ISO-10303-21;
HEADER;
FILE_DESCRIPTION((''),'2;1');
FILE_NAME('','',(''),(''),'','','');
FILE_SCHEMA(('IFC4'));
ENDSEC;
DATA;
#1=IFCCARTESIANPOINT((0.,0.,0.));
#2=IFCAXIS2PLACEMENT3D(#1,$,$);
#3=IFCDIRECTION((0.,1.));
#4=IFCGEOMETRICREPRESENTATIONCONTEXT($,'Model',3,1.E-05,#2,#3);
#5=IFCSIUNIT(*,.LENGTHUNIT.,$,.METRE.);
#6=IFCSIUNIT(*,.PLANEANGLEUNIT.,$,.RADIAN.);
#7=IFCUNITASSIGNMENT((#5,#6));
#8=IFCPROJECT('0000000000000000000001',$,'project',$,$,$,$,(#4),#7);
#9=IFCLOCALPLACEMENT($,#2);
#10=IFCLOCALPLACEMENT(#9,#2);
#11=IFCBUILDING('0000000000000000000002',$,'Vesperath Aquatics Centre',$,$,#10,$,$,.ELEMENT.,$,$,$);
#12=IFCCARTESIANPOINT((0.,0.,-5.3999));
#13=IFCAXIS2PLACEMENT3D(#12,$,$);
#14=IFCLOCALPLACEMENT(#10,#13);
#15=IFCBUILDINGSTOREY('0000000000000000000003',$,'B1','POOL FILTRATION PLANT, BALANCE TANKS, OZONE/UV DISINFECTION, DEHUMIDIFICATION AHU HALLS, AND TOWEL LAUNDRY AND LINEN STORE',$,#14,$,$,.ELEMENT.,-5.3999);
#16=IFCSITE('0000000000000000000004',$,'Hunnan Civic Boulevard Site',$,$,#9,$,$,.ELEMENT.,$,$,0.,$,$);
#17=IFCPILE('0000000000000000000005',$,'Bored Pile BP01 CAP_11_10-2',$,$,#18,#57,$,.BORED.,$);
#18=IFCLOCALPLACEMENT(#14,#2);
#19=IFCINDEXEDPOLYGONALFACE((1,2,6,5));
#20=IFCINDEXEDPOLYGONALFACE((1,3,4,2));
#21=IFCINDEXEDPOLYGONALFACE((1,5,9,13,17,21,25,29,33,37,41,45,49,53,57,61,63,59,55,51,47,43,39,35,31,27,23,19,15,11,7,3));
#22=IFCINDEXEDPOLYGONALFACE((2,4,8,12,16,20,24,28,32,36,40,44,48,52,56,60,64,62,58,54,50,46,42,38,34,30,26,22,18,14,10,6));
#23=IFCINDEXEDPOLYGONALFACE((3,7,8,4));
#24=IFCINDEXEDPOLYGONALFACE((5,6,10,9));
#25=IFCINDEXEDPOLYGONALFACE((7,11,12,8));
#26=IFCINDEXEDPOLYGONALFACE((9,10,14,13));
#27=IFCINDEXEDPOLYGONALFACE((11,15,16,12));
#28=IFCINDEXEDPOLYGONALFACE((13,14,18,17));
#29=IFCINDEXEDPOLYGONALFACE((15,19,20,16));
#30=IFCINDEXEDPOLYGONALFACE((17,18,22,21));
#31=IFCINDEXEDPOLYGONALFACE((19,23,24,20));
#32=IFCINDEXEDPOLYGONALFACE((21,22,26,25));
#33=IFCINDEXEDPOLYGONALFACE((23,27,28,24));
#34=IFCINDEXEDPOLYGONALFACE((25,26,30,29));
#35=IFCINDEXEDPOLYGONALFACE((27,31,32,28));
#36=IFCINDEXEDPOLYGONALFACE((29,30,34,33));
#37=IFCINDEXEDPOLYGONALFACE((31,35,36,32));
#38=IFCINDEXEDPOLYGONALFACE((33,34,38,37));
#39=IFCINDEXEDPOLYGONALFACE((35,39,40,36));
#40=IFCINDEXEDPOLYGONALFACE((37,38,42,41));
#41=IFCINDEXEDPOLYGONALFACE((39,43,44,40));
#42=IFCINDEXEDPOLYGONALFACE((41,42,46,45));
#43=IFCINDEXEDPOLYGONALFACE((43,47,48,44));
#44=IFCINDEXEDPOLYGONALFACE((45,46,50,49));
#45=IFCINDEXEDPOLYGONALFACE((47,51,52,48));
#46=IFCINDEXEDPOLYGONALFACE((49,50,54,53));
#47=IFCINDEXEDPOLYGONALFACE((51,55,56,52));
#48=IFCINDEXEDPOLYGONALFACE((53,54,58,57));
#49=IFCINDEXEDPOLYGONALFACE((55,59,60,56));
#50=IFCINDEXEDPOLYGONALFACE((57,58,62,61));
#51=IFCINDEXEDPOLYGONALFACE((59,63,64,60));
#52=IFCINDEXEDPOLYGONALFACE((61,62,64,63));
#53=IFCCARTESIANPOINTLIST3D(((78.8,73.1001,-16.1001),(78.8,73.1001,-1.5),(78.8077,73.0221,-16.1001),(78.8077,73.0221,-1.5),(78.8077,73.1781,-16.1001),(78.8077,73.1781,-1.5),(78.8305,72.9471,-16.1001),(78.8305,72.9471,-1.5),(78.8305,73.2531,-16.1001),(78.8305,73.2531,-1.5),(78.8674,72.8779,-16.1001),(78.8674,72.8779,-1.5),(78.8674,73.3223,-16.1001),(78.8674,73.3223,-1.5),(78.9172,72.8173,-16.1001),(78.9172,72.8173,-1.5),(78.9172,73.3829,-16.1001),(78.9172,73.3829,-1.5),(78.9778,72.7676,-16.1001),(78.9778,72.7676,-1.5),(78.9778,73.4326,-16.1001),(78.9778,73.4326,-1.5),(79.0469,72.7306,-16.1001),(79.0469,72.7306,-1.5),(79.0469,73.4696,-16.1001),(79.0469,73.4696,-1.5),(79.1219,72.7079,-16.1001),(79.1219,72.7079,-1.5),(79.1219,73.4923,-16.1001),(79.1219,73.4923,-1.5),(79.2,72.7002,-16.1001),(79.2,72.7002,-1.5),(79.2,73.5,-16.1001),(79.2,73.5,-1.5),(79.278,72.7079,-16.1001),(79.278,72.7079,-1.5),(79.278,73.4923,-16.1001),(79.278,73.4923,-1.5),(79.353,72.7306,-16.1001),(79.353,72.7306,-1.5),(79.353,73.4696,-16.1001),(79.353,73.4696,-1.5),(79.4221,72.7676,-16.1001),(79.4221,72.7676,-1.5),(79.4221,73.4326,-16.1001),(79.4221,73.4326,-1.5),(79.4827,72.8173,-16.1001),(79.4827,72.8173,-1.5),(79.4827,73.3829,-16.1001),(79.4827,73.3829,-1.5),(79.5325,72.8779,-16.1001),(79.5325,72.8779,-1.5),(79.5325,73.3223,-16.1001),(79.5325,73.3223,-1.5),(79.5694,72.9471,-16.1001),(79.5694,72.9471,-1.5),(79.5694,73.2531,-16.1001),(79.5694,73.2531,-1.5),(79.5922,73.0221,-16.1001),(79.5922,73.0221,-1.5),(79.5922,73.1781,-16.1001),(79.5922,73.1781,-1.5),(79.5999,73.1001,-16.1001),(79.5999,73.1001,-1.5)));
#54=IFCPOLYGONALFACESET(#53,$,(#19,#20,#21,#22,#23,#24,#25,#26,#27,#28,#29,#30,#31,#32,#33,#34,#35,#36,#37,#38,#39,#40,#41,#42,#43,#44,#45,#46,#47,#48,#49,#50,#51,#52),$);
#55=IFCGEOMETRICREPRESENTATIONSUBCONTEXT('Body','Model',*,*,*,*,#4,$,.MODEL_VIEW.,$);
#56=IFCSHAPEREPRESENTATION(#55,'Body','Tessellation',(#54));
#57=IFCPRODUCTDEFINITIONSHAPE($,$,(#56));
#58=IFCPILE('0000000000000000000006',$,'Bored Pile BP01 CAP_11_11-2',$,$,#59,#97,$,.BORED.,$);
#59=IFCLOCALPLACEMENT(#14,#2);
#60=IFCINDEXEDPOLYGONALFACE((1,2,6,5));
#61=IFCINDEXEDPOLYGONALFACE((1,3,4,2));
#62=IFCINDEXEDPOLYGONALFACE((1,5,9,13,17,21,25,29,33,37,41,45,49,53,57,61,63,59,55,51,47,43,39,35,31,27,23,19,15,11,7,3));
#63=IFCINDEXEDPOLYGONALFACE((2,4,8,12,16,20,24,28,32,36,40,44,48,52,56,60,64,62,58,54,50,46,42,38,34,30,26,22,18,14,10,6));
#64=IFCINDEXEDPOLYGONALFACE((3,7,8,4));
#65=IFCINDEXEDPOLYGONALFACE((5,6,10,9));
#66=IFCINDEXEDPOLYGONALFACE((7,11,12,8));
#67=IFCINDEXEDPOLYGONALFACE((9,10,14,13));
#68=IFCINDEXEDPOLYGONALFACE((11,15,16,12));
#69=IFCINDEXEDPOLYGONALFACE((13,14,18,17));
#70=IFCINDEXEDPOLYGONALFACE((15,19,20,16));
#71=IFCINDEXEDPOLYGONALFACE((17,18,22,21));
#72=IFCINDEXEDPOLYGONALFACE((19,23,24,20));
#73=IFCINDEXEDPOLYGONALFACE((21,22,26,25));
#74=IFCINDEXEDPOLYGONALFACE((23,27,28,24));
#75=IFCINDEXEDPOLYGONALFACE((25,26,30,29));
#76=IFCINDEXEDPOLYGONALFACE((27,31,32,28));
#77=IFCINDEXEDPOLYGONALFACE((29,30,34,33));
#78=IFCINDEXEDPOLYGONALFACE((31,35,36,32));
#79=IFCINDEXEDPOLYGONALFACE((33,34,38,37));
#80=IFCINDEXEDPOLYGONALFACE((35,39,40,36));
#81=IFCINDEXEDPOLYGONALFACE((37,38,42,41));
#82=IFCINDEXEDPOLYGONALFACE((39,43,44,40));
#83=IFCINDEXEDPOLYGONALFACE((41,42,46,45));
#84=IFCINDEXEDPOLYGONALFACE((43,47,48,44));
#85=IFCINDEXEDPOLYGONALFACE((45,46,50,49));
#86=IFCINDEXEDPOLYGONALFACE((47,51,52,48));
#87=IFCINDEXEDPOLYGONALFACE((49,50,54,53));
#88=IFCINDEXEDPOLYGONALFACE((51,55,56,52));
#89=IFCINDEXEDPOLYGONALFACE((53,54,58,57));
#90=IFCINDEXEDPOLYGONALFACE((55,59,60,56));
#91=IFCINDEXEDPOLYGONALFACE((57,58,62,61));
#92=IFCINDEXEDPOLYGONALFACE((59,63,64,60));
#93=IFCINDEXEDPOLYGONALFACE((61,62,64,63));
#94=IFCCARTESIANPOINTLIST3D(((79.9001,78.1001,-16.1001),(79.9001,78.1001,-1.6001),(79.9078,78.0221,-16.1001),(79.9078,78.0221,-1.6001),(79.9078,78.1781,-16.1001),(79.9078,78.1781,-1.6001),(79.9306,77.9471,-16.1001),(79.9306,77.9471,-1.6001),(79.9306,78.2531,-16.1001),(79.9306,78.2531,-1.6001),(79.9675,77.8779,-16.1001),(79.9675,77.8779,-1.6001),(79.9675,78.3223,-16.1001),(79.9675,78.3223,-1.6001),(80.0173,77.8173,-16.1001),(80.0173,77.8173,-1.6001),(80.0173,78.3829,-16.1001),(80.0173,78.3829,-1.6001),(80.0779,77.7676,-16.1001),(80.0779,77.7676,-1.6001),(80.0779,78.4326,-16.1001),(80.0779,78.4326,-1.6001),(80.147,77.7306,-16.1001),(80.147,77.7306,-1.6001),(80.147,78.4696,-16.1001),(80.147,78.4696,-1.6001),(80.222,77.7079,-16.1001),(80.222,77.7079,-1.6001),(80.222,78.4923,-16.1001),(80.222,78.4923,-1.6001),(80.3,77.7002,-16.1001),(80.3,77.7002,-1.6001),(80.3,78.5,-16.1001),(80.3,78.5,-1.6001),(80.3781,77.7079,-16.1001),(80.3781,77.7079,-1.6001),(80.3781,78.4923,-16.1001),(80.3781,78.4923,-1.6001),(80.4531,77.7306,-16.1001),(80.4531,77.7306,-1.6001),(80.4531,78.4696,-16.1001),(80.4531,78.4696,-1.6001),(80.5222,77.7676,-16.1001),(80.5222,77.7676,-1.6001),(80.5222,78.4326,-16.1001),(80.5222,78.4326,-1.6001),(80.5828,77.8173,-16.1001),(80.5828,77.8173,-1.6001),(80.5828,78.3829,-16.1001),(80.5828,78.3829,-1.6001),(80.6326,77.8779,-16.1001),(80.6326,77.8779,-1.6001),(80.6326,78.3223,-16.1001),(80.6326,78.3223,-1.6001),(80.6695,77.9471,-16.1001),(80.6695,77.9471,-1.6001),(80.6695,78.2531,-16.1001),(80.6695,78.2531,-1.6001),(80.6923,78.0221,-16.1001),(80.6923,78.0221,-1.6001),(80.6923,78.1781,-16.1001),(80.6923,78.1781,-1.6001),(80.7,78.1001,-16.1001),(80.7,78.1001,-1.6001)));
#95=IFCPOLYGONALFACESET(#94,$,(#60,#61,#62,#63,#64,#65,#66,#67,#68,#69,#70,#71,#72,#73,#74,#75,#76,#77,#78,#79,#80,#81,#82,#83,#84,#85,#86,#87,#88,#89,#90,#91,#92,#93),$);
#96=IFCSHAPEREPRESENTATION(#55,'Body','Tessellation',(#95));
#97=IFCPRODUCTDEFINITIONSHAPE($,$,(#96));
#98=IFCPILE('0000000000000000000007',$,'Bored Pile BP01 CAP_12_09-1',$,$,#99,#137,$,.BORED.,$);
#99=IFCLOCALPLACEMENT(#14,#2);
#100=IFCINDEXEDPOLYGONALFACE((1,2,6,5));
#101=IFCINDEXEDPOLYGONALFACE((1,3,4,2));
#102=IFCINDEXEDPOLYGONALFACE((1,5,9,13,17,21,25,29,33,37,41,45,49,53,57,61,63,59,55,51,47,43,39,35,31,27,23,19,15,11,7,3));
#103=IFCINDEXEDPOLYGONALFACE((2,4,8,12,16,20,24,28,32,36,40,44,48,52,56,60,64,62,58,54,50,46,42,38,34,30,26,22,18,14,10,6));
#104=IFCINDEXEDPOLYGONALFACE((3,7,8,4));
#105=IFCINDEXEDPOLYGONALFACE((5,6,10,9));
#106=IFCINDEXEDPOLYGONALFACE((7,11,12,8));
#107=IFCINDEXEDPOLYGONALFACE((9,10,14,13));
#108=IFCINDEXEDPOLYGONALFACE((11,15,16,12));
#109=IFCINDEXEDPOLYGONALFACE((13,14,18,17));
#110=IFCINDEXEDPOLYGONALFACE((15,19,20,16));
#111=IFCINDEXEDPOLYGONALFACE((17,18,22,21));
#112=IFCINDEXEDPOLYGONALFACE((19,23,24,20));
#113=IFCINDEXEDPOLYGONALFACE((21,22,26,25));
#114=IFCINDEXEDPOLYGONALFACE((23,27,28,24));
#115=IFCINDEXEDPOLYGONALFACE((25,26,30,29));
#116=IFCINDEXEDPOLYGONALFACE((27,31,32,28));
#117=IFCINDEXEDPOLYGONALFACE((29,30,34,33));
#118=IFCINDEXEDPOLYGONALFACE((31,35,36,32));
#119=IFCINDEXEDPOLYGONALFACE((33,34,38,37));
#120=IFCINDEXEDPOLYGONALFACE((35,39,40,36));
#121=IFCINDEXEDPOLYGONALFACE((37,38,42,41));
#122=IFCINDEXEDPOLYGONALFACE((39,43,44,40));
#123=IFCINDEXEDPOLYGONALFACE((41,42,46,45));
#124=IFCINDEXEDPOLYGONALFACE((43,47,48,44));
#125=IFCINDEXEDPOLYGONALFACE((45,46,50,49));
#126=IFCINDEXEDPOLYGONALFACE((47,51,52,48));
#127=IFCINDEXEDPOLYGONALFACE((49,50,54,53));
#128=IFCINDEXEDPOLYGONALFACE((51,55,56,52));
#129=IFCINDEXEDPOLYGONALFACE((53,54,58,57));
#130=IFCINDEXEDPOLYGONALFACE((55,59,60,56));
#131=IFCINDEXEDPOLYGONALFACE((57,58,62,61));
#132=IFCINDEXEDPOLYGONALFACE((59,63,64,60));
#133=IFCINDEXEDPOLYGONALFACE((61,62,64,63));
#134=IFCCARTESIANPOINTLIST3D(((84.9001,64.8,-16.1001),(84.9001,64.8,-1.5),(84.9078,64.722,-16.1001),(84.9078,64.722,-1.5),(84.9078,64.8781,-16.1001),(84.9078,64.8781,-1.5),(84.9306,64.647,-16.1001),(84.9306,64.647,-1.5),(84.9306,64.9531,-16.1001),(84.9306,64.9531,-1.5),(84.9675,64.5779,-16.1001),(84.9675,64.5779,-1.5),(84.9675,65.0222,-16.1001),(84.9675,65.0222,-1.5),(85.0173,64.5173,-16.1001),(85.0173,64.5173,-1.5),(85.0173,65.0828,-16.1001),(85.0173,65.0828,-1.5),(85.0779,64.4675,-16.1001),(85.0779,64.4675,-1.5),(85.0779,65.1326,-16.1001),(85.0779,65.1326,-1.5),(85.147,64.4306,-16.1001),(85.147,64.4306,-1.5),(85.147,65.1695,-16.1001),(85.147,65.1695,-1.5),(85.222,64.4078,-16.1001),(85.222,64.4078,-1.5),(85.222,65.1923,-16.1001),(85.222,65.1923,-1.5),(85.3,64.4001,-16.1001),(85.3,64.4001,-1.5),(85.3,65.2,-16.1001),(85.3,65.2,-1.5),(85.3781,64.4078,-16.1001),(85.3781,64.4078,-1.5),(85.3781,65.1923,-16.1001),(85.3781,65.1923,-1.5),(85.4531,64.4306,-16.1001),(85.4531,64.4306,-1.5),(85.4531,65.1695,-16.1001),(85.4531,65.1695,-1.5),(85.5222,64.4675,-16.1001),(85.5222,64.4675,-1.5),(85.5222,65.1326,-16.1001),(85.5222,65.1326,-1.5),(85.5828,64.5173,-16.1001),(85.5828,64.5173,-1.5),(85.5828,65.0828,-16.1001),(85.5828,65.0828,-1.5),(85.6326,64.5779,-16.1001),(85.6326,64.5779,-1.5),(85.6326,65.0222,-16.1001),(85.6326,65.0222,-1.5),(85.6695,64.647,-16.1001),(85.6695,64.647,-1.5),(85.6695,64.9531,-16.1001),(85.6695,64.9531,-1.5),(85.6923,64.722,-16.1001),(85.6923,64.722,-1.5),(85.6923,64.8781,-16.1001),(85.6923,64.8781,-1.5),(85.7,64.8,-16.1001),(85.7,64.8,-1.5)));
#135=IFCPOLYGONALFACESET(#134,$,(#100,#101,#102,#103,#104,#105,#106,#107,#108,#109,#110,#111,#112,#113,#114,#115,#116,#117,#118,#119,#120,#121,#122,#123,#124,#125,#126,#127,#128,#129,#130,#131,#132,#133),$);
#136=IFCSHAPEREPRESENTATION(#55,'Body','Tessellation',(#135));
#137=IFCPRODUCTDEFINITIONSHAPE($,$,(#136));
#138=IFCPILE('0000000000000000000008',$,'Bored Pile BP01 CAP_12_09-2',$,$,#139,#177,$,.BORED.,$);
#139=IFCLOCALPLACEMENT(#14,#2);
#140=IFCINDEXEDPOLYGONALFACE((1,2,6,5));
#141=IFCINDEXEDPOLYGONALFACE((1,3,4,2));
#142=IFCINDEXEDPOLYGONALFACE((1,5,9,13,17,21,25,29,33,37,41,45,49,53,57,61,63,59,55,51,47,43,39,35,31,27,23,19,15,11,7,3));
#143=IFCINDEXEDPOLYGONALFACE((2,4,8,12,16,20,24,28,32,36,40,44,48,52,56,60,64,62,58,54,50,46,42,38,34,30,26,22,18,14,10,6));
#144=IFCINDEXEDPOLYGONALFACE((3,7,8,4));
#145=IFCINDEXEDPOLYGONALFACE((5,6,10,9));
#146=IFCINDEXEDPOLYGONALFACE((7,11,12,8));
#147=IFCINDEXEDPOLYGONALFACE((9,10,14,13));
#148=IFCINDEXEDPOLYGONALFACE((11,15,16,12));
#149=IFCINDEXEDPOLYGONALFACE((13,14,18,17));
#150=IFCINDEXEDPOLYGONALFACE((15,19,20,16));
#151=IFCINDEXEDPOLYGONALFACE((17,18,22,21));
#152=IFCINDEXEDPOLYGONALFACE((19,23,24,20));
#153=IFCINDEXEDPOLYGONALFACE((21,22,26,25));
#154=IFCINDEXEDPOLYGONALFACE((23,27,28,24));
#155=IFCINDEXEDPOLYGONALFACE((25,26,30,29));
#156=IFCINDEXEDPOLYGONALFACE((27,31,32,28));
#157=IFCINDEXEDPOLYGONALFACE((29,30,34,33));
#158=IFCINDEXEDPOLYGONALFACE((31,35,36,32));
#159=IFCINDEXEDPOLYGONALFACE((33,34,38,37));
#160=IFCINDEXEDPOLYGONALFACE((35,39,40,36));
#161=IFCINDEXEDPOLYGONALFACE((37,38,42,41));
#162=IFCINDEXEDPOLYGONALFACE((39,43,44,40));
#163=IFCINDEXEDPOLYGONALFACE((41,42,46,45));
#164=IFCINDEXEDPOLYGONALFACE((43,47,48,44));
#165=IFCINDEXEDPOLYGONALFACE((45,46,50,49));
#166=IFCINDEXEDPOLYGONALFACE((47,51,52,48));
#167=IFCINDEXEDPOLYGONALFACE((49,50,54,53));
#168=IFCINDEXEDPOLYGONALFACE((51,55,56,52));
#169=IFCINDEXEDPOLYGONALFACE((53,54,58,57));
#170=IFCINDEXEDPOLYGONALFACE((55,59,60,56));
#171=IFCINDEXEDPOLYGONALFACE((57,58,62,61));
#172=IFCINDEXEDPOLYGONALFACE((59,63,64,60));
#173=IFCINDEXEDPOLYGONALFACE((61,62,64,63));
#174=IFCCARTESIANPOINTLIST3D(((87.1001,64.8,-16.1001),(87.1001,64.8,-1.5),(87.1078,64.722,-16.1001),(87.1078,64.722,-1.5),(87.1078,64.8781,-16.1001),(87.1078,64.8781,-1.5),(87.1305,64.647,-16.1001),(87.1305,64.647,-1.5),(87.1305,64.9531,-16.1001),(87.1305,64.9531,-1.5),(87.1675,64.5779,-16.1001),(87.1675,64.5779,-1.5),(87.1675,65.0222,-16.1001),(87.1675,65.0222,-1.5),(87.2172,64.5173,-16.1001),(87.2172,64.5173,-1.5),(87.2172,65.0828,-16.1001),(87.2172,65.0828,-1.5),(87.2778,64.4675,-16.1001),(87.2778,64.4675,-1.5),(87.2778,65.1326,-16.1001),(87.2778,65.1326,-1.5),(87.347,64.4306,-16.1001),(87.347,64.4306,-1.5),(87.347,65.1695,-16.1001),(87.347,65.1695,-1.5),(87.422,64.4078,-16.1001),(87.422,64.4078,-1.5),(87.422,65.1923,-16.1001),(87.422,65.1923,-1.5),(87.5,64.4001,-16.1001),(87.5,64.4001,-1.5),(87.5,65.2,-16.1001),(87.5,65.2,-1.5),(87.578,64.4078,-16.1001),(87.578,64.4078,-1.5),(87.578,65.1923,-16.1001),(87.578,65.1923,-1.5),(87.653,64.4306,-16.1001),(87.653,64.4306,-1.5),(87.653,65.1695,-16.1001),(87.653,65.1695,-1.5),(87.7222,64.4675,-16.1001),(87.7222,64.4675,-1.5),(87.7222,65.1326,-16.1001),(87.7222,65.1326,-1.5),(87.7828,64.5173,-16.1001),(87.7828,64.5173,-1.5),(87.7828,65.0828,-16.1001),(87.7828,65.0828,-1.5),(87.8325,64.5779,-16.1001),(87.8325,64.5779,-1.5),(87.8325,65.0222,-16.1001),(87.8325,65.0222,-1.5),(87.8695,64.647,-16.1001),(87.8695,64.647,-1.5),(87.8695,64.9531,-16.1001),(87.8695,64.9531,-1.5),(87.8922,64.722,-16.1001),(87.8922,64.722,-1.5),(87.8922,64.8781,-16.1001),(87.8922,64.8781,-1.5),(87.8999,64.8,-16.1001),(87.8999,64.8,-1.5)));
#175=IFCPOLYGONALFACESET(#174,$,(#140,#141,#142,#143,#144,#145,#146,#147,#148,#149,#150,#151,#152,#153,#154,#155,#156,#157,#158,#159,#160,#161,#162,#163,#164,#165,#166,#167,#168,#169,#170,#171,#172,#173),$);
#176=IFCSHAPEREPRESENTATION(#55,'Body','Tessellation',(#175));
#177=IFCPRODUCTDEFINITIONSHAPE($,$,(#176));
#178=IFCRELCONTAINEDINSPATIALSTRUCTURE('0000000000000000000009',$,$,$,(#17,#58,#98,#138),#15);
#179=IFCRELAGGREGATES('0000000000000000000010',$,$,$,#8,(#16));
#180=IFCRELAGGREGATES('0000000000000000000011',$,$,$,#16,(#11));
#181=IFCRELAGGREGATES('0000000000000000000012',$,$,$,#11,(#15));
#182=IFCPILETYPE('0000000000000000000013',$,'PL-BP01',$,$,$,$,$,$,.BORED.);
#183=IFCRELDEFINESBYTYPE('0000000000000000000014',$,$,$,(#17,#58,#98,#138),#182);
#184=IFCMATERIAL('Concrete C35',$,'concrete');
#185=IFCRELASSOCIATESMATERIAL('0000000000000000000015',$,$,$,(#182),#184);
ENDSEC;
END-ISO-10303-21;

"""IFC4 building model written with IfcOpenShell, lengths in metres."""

from ifc_helpers import new_model, si_unit, direction, frame, origin, origin_2d, place, context, subcontext, project, spatial, circle, extrude, material, material_profile, profile_set, type_object, element, save


model = new_model("IFC4")

# Units and contexts
model_context = context("Model", 3, precision=1e-05, world=origin(), true_north=direction((0.0, 1.0)))
body_context = subcontext(model_context, "Body", "Model", "MODEL_VIEW")
ifc_project = project(units=[si_unit("LENGTHUNIT", "METRE"), si_unit("PLANEANGLEUNIT", "RADIAN")], contexts=[model_context])

# Site, building, storey
site_placement = place(None, origin())
site = spatial("IfcSite", under=ifc_project, at=site_placement, Name="Hunnan Civic Boulevard Site", CompositionType="ELEMENT", RefElevation=0.0)
building_placement = place(site_placement, origin())
building = spatial("IfcBuilding", under=site, at=building_placement, Name="Vesperath Aquatics Centre", CompositionType="ELEMENT")
storey_placement = place(building_placement, frame((0.0, 0.0, -5.3999)))
storey = spatial("IfcBuildingStorey", under=building, at=storey_placement, Name="B1", Description="POOL FILTRATION PLANT, BALANCE TANKS, OZONE/UV DISINFECTION, DEHUMIDIFICATION AHU HALLS, AND TOWEL LAUNDRY AND LINEN STORE", CompositionType="ELEMENT", Elevation=-5.3999)

# Piles
ifc_material_1 = material(Name="Concrete C35", Category="concrete")
ifc_material_profile_1 = material_profile(ifc_material_1, circle(Radius=0.3999, at=origin_2d()), Name="PILE D800")
ifc_profile_set_1 = profile_set([ifc_material_profile_1], Name="Concrete C35")
pile_type = type_object("IfcPileType", Name="PL-BP01", PredefinedType="BORED", material=ifc_profile_set_1)
for number, where, z_axis, x_axis, name in (
    (1, (79.2, 73.1001, -1.5), (0.0, 0.0, -1.0), (1.0, 0.0, 0.0), "Bored Pile BP01 CAP_11_10-2"),
):
    element("IfcPile", number, at=place(storey_placement, frame(where, z_axis=z_axis, x_axis=x_axis)), inside=storey, type_object=pile_type, Name=name, PredefinedType="BORED", context=body_context, shape_type="SweptSolid", body=[
        extrude(circle(Radius=0.3999, at=origin_2d()), origin(), (0.0, 0.0, 1.0), 14.6001),
    ])
pile_1_placement = place(storey_placement, frame((80.3, 78.1001, -1.6001), z_axis=(0.0, 0.0, -1.0), x_axis=(1.0, 0.0, 0.0)))
element("IfcPile", 2, at=pile_1_placement, inside=storey, type_object=pile_type, Name="Bored Pile BP01 CAP_11_11-2", PredefinedType="BORED", context=body_context, shape_type="SweptSolid", body=[
    extrude(circle(Radius=0.3999, at=origin_2d()), origin(), (0.0, 0.0, 1.0), 14.5),
])
for number, where, z_axis, x_axis, name in (
    (3, (85.3, 64.8, -1.5), (0.0, 0.0, -1.0), (1.0, 0.0, 0.0), "Bored Pile BP01 CAP_12_09-1"),
    (4, (87.5, 64.8, -1.5), (0.0, 0.0, -1.0), (1.0, 0.0, 0.0), "Bored Pile BP01 CAP_12_09-2"),
):
    element("IfcPile", number, at=place(storey_placement, frame(where, z_axis=z_axis, x_axis=x_axis)), inside=storey, type_object=pile_type, Name=name, PredefinedType="BORED", context=body_context, shape_type="SweptSolid", body=[
        extrude(circle(Radius=0.3999, at=origin_2d()), origin(), (0.0, 0.0, 1.0), 14.6001),
    ])

save(model, "model.ifc")
